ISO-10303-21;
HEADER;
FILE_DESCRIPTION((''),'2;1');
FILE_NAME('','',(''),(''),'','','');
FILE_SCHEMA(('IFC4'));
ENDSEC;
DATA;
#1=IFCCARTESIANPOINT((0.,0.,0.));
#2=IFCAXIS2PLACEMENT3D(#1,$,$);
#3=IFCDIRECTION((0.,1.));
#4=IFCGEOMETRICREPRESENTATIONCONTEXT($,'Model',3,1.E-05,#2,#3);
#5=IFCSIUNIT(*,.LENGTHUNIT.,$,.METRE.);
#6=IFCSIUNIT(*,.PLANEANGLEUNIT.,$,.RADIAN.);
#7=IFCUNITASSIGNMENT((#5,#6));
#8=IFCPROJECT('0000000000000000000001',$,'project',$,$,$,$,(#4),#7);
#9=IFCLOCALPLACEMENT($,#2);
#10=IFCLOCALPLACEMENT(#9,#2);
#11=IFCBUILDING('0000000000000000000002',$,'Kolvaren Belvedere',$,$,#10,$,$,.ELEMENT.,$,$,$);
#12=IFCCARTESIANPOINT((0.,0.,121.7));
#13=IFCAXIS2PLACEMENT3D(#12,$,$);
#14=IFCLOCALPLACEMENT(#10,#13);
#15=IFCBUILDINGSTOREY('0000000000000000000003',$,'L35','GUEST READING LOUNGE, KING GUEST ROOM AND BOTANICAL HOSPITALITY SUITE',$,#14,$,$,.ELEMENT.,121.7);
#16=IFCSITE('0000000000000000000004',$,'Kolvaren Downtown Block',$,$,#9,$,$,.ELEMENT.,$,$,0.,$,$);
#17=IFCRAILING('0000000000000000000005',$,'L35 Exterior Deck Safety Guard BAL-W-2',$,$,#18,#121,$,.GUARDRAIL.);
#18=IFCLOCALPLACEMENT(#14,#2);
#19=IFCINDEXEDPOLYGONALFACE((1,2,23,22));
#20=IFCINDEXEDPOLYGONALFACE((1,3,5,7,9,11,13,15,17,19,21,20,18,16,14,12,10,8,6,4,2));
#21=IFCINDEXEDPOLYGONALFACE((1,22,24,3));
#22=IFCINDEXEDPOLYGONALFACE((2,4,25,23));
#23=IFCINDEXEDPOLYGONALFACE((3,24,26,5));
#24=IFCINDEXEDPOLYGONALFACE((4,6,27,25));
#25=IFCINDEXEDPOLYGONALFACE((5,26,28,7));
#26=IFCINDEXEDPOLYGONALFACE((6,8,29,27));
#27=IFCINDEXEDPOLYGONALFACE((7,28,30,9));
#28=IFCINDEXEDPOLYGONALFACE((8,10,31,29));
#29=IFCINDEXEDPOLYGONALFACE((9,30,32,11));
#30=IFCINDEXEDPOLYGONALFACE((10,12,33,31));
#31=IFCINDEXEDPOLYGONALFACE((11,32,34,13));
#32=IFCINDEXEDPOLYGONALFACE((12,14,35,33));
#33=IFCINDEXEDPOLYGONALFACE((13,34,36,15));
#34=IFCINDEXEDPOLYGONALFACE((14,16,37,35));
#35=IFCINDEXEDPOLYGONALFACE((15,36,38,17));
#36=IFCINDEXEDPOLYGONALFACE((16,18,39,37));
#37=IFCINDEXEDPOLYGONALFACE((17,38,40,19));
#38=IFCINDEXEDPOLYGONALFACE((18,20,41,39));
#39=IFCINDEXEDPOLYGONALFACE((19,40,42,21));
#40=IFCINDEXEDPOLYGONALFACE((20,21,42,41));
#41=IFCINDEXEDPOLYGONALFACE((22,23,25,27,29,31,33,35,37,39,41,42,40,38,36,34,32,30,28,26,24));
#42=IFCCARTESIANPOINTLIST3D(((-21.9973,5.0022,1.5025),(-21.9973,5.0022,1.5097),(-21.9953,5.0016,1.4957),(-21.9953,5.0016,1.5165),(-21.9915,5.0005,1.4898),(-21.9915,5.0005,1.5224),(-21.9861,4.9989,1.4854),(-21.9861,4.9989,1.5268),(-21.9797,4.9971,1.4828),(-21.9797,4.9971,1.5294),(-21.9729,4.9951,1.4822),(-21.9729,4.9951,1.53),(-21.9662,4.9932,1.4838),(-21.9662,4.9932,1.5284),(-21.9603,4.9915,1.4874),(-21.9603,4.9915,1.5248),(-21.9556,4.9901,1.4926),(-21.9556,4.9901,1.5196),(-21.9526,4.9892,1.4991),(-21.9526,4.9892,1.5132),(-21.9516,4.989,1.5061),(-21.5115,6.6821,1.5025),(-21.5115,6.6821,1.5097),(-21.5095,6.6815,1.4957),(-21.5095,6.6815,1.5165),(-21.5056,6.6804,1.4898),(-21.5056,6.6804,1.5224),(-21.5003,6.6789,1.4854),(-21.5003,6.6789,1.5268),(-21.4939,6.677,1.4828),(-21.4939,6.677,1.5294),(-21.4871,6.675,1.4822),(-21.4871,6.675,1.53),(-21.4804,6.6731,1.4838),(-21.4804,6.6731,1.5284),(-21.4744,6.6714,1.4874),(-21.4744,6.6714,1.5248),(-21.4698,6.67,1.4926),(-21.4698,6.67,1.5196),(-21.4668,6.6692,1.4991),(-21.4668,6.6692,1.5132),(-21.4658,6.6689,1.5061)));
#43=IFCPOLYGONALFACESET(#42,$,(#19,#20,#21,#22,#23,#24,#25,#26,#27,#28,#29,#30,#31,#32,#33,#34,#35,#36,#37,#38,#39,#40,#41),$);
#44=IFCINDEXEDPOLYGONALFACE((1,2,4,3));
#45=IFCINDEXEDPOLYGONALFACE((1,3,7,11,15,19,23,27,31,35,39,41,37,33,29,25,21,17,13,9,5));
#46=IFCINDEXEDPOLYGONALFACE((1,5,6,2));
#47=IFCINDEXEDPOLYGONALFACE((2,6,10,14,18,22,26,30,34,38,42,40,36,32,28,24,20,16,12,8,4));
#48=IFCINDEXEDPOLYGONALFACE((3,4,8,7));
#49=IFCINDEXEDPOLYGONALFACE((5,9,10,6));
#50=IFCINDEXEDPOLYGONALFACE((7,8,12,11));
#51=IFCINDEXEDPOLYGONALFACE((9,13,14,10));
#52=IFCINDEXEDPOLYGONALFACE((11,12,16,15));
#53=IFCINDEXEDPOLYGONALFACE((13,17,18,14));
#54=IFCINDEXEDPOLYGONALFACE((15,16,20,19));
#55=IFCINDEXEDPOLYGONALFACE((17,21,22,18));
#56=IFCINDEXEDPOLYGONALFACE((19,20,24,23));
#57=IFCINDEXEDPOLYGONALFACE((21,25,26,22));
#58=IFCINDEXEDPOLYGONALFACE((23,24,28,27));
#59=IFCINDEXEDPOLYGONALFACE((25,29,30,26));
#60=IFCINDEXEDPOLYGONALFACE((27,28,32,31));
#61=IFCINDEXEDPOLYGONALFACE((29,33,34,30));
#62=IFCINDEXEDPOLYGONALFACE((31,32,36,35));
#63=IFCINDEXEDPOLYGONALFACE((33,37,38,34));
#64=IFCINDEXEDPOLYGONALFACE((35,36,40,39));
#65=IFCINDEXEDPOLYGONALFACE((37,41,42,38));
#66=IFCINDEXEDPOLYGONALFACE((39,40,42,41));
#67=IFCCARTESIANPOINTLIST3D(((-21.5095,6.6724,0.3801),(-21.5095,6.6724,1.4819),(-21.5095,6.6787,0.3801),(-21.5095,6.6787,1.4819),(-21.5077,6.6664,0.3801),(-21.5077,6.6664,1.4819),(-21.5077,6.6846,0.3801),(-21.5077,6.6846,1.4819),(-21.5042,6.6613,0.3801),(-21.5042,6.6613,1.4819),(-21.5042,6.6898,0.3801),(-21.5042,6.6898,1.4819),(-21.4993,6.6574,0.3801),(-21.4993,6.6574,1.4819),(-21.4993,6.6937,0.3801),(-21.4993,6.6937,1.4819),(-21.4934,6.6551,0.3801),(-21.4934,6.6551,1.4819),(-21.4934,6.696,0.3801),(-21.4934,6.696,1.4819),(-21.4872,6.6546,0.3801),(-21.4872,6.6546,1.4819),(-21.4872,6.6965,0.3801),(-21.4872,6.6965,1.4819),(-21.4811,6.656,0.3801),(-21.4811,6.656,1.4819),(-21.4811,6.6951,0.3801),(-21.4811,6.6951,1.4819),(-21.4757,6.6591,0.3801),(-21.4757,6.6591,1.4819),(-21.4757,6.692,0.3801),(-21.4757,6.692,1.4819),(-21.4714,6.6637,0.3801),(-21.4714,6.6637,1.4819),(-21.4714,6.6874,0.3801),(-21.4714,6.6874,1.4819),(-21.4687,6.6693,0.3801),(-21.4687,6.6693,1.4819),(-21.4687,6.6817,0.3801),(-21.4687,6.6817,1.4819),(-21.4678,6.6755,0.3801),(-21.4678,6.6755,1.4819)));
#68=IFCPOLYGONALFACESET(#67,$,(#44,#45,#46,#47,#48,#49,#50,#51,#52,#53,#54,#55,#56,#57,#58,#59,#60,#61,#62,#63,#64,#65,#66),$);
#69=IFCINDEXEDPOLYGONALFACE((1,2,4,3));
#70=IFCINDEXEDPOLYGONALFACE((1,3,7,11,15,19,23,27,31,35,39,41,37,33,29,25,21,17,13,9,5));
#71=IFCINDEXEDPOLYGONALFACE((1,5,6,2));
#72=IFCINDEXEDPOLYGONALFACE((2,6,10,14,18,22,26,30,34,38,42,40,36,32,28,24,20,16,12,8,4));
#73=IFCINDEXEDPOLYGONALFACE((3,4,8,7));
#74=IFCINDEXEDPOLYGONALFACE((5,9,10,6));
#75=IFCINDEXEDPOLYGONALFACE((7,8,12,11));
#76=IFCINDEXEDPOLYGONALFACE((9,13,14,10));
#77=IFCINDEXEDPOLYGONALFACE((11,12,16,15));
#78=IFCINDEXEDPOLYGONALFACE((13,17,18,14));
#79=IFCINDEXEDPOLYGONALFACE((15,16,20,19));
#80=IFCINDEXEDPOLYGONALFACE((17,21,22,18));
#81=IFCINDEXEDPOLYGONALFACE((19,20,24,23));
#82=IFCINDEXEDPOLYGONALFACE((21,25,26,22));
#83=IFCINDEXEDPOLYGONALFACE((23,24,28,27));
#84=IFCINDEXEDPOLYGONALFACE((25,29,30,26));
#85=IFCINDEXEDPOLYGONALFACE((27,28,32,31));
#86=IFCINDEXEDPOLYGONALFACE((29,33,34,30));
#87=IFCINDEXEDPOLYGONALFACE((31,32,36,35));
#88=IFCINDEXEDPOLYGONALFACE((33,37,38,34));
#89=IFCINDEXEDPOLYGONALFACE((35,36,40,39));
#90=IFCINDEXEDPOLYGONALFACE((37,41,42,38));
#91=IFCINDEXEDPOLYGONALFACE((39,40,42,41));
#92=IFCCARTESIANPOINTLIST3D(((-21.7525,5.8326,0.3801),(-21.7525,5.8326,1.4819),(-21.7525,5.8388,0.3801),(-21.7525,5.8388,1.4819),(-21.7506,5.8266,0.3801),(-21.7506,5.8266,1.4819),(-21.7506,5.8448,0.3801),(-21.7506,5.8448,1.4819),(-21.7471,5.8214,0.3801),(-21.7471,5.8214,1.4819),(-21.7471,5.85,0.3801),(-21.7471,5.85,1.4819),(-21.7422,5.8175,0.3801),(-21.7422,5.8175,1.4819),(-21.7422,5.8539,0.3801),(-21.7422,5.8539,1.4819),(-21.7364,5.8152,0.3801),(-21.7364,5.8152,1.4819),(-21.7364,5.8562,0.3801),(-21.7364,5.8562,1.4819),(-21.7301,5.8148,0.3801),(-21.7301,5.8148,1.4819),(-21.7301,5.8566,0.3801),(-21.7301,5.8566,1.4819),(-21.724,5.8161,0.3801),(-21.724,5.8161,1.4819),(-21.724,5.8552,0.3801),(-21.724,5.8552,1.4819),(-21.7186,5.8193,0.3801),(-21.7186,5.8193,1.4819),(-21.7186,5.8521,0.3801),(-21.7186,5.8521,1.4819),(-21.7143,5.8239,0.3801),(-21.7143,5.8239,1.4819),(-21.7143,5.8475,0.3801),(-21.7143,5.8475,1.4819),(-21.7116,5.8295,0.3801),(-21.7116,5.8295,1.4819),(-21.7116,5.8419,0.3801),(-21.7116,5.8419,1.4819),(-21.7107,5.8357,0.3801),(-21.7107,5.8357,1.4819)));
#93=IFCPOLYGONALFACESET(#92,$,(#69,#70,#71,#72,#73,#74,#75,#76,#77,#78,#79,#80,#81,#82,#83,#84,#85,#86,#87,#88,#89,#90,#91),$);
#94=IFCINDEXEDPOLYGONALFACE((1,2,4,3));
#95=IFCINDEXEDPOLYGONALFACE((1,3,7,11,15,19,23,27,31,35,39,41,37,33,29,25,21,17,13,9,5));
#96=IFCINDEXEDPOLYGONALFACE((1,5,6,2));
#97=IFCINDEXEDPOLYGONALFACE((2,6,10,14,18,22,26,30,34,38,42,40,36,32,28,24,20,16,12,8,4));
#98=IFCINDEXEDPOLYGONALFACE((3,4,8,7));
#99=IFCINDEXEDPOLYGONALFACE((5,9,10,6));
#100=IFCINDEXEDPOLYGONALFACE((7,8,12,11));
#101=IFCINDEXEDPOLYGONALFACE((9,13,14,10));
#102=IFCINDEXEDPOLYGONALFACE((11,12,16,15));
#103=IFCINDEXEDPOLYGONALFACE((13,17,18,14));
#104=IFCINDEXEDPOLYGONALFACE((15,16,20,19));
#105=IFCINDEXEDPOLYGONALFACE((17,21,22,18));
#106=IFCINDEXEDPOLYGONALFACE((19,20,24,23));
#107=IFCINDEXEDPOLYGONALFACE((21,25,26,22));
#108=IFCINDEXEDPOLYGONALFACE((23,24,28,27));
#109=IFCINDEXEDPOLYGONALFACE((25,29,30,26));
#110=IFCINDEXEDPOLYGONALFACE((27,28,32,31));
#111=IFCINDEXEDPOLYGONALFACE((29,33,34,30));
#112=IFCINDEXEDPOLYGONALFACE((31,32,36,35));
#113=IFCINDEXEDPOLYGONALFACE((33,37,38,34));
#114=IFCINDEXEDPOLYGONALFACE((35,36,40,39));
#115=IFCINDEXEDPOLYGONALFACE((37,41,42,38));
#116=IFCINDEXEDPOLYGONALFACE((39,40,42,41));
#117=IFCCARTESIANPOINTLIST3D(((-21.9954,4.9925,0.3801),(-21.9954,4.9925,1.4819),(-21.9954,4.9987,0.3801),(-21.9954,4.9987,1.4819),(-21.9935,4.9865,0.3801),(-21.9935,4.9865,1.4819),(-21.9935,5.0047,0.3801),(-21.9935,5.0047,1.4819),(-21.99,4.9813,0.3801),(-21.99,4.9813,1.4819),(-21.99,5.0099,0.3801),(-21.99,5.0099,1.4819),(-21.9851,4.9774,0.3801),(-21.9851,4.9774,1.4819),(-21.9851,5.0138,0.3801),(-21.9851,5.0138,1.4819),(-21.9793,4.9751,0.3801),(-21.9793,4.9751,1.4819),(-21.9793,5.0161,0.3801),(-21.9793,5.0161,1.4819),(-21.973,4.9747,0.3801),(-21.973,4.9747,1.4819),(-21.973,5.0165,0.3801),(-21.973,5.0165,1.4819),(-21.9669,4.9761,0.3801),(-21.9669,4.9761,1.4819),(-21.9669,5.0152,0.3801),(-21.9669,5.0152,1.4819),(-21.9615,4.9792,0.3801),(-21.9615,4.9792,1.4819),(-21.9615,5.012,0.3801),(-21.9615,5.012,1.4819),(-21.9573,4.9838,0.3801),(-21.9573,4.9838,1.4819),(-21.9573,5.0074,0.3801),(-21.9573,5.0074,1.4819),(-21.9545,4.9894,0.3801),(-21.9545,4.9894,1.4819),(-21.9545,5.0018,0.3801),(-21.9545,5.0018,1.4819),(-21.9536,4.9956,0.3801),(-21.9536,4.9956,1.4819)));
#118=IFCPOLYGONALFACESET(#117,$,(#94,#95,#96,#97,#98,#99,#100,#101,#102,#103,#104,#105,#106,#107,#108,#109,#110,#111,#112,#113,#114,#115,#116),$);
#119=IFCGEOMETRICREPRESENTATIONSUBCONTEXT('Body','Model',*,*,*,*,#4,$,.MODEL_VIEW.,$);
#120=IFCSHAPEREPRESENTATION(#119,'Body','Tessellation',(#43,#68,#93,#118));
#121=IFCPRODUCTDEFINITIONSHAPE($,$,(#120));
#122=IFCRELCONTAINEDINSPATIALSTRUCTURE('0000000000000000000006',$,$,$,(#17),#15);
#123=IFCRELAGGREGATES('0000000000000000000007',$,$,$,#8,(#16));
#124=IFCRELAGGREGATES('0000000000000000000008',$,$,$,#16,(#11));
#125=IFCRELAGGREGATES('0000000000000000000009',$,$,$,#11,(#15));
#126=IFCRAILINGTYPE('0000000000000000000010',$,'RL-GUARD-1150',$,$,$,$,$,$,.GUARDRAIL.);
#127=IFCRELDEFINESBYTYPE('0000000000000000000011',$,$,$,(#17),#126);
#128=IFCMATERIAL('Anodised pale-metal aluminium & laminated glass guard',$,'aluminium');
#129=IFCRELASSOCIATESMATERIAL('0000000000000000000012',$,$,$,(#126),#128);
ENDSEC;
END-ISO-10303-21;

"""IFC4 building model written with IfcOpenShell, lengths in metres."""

from ifc_helpers import new_model, si_unit, direction, frame, origin, origin_2d, place, context, subcontext, project, spatial, circle, extrude, material, type_object, element, save


model = new_model("IFC4")

# Units and contexts
model_context = context("Model", 3, precision=1e-05, world=origin(), true_north=direction((0.0, 1.0)))
body_context = subcontext(model_context, "Body", "Model", "MODEL_VIEW")
ifc_project = project(units=[si_unit("LENGTHUNIT", "METRE"), si_unit("PLANEANGLEUNIT", "RADIAN")], contexts=[model_context])

# Site, building, storey
site_placement = place(None, origin())
site = spatial("IfcSite", under=ifc_project, at=site_placement, Name="Kolvaren Downtown Block", CompositionType="ELEMENT", RefElevation=0.0)
building_placement = place(site_placement, origin())
building = spatial("IfcBuilding", under=site, at=building_placement, Name="Kolvaren Belvedere", CompositionType="ELEMENT")
storey_placement = place(building_placement, frame((0.0, 0.0, 121.7)))
storey = spatial("IfcBuildingStorey", under=building, at=storey_placement, Name="L35", Description="GUEST READING LOUNGE, KING GUEST ROOM AND BOTANICAL HOSPITALITY SUITE", CompositionType="ELEMENT", Elevation=121.7)

# Railing
ifc_material_1 = material(Name="Anodised pale-metal aluminium & laminated glass guard", Category="aluminium")
railing_type = type_object("IfcRailingType", Name="RL-GUARD-1150", PredefinedType="GUARDRAIL", material=ifc_material_1)
railing_1_placement = place(storey_placement, frame((-21.4888, 6.6755, 0.3801)))
element("IfcRailing", 1, at=railing_1_placement, inside=storey, type_object=railing_type, Name="L35 Exterior Deck Safety Guard BAL-W-2", PredefinedType="GUARDRAIL", context=body_context, shape_type="SweptSolid", body=[
    extrude(circle(Radius=0.0239, at=origin_2d()), frame((0.0, 0.0, 1.126), z_axis=(-0.277817, -0.960634, 0.0), x_axis=(0.960634, -0.277817, 0.0)), (0.0, 0.0, 1.0), 1.7488),
    extrude(circle(Radius=0.021, at=origin_2d()), origin(), (0.0, 0.0, 1.0), 1.1018),
    extrude(circle(Radius=0.021, at=origin_2d()), frame((-0.2429, -0.8398, 0.0)), (0.0, 0.0, 1.0), 1.1018),
    extrude(circle(Radius=0.021, at=origin_2d()), frame((-0.4858, -1.6799, 0.0)), (0.0, 0.0, 1.0), 1.1018),
])

save(model, "model.ifc")
